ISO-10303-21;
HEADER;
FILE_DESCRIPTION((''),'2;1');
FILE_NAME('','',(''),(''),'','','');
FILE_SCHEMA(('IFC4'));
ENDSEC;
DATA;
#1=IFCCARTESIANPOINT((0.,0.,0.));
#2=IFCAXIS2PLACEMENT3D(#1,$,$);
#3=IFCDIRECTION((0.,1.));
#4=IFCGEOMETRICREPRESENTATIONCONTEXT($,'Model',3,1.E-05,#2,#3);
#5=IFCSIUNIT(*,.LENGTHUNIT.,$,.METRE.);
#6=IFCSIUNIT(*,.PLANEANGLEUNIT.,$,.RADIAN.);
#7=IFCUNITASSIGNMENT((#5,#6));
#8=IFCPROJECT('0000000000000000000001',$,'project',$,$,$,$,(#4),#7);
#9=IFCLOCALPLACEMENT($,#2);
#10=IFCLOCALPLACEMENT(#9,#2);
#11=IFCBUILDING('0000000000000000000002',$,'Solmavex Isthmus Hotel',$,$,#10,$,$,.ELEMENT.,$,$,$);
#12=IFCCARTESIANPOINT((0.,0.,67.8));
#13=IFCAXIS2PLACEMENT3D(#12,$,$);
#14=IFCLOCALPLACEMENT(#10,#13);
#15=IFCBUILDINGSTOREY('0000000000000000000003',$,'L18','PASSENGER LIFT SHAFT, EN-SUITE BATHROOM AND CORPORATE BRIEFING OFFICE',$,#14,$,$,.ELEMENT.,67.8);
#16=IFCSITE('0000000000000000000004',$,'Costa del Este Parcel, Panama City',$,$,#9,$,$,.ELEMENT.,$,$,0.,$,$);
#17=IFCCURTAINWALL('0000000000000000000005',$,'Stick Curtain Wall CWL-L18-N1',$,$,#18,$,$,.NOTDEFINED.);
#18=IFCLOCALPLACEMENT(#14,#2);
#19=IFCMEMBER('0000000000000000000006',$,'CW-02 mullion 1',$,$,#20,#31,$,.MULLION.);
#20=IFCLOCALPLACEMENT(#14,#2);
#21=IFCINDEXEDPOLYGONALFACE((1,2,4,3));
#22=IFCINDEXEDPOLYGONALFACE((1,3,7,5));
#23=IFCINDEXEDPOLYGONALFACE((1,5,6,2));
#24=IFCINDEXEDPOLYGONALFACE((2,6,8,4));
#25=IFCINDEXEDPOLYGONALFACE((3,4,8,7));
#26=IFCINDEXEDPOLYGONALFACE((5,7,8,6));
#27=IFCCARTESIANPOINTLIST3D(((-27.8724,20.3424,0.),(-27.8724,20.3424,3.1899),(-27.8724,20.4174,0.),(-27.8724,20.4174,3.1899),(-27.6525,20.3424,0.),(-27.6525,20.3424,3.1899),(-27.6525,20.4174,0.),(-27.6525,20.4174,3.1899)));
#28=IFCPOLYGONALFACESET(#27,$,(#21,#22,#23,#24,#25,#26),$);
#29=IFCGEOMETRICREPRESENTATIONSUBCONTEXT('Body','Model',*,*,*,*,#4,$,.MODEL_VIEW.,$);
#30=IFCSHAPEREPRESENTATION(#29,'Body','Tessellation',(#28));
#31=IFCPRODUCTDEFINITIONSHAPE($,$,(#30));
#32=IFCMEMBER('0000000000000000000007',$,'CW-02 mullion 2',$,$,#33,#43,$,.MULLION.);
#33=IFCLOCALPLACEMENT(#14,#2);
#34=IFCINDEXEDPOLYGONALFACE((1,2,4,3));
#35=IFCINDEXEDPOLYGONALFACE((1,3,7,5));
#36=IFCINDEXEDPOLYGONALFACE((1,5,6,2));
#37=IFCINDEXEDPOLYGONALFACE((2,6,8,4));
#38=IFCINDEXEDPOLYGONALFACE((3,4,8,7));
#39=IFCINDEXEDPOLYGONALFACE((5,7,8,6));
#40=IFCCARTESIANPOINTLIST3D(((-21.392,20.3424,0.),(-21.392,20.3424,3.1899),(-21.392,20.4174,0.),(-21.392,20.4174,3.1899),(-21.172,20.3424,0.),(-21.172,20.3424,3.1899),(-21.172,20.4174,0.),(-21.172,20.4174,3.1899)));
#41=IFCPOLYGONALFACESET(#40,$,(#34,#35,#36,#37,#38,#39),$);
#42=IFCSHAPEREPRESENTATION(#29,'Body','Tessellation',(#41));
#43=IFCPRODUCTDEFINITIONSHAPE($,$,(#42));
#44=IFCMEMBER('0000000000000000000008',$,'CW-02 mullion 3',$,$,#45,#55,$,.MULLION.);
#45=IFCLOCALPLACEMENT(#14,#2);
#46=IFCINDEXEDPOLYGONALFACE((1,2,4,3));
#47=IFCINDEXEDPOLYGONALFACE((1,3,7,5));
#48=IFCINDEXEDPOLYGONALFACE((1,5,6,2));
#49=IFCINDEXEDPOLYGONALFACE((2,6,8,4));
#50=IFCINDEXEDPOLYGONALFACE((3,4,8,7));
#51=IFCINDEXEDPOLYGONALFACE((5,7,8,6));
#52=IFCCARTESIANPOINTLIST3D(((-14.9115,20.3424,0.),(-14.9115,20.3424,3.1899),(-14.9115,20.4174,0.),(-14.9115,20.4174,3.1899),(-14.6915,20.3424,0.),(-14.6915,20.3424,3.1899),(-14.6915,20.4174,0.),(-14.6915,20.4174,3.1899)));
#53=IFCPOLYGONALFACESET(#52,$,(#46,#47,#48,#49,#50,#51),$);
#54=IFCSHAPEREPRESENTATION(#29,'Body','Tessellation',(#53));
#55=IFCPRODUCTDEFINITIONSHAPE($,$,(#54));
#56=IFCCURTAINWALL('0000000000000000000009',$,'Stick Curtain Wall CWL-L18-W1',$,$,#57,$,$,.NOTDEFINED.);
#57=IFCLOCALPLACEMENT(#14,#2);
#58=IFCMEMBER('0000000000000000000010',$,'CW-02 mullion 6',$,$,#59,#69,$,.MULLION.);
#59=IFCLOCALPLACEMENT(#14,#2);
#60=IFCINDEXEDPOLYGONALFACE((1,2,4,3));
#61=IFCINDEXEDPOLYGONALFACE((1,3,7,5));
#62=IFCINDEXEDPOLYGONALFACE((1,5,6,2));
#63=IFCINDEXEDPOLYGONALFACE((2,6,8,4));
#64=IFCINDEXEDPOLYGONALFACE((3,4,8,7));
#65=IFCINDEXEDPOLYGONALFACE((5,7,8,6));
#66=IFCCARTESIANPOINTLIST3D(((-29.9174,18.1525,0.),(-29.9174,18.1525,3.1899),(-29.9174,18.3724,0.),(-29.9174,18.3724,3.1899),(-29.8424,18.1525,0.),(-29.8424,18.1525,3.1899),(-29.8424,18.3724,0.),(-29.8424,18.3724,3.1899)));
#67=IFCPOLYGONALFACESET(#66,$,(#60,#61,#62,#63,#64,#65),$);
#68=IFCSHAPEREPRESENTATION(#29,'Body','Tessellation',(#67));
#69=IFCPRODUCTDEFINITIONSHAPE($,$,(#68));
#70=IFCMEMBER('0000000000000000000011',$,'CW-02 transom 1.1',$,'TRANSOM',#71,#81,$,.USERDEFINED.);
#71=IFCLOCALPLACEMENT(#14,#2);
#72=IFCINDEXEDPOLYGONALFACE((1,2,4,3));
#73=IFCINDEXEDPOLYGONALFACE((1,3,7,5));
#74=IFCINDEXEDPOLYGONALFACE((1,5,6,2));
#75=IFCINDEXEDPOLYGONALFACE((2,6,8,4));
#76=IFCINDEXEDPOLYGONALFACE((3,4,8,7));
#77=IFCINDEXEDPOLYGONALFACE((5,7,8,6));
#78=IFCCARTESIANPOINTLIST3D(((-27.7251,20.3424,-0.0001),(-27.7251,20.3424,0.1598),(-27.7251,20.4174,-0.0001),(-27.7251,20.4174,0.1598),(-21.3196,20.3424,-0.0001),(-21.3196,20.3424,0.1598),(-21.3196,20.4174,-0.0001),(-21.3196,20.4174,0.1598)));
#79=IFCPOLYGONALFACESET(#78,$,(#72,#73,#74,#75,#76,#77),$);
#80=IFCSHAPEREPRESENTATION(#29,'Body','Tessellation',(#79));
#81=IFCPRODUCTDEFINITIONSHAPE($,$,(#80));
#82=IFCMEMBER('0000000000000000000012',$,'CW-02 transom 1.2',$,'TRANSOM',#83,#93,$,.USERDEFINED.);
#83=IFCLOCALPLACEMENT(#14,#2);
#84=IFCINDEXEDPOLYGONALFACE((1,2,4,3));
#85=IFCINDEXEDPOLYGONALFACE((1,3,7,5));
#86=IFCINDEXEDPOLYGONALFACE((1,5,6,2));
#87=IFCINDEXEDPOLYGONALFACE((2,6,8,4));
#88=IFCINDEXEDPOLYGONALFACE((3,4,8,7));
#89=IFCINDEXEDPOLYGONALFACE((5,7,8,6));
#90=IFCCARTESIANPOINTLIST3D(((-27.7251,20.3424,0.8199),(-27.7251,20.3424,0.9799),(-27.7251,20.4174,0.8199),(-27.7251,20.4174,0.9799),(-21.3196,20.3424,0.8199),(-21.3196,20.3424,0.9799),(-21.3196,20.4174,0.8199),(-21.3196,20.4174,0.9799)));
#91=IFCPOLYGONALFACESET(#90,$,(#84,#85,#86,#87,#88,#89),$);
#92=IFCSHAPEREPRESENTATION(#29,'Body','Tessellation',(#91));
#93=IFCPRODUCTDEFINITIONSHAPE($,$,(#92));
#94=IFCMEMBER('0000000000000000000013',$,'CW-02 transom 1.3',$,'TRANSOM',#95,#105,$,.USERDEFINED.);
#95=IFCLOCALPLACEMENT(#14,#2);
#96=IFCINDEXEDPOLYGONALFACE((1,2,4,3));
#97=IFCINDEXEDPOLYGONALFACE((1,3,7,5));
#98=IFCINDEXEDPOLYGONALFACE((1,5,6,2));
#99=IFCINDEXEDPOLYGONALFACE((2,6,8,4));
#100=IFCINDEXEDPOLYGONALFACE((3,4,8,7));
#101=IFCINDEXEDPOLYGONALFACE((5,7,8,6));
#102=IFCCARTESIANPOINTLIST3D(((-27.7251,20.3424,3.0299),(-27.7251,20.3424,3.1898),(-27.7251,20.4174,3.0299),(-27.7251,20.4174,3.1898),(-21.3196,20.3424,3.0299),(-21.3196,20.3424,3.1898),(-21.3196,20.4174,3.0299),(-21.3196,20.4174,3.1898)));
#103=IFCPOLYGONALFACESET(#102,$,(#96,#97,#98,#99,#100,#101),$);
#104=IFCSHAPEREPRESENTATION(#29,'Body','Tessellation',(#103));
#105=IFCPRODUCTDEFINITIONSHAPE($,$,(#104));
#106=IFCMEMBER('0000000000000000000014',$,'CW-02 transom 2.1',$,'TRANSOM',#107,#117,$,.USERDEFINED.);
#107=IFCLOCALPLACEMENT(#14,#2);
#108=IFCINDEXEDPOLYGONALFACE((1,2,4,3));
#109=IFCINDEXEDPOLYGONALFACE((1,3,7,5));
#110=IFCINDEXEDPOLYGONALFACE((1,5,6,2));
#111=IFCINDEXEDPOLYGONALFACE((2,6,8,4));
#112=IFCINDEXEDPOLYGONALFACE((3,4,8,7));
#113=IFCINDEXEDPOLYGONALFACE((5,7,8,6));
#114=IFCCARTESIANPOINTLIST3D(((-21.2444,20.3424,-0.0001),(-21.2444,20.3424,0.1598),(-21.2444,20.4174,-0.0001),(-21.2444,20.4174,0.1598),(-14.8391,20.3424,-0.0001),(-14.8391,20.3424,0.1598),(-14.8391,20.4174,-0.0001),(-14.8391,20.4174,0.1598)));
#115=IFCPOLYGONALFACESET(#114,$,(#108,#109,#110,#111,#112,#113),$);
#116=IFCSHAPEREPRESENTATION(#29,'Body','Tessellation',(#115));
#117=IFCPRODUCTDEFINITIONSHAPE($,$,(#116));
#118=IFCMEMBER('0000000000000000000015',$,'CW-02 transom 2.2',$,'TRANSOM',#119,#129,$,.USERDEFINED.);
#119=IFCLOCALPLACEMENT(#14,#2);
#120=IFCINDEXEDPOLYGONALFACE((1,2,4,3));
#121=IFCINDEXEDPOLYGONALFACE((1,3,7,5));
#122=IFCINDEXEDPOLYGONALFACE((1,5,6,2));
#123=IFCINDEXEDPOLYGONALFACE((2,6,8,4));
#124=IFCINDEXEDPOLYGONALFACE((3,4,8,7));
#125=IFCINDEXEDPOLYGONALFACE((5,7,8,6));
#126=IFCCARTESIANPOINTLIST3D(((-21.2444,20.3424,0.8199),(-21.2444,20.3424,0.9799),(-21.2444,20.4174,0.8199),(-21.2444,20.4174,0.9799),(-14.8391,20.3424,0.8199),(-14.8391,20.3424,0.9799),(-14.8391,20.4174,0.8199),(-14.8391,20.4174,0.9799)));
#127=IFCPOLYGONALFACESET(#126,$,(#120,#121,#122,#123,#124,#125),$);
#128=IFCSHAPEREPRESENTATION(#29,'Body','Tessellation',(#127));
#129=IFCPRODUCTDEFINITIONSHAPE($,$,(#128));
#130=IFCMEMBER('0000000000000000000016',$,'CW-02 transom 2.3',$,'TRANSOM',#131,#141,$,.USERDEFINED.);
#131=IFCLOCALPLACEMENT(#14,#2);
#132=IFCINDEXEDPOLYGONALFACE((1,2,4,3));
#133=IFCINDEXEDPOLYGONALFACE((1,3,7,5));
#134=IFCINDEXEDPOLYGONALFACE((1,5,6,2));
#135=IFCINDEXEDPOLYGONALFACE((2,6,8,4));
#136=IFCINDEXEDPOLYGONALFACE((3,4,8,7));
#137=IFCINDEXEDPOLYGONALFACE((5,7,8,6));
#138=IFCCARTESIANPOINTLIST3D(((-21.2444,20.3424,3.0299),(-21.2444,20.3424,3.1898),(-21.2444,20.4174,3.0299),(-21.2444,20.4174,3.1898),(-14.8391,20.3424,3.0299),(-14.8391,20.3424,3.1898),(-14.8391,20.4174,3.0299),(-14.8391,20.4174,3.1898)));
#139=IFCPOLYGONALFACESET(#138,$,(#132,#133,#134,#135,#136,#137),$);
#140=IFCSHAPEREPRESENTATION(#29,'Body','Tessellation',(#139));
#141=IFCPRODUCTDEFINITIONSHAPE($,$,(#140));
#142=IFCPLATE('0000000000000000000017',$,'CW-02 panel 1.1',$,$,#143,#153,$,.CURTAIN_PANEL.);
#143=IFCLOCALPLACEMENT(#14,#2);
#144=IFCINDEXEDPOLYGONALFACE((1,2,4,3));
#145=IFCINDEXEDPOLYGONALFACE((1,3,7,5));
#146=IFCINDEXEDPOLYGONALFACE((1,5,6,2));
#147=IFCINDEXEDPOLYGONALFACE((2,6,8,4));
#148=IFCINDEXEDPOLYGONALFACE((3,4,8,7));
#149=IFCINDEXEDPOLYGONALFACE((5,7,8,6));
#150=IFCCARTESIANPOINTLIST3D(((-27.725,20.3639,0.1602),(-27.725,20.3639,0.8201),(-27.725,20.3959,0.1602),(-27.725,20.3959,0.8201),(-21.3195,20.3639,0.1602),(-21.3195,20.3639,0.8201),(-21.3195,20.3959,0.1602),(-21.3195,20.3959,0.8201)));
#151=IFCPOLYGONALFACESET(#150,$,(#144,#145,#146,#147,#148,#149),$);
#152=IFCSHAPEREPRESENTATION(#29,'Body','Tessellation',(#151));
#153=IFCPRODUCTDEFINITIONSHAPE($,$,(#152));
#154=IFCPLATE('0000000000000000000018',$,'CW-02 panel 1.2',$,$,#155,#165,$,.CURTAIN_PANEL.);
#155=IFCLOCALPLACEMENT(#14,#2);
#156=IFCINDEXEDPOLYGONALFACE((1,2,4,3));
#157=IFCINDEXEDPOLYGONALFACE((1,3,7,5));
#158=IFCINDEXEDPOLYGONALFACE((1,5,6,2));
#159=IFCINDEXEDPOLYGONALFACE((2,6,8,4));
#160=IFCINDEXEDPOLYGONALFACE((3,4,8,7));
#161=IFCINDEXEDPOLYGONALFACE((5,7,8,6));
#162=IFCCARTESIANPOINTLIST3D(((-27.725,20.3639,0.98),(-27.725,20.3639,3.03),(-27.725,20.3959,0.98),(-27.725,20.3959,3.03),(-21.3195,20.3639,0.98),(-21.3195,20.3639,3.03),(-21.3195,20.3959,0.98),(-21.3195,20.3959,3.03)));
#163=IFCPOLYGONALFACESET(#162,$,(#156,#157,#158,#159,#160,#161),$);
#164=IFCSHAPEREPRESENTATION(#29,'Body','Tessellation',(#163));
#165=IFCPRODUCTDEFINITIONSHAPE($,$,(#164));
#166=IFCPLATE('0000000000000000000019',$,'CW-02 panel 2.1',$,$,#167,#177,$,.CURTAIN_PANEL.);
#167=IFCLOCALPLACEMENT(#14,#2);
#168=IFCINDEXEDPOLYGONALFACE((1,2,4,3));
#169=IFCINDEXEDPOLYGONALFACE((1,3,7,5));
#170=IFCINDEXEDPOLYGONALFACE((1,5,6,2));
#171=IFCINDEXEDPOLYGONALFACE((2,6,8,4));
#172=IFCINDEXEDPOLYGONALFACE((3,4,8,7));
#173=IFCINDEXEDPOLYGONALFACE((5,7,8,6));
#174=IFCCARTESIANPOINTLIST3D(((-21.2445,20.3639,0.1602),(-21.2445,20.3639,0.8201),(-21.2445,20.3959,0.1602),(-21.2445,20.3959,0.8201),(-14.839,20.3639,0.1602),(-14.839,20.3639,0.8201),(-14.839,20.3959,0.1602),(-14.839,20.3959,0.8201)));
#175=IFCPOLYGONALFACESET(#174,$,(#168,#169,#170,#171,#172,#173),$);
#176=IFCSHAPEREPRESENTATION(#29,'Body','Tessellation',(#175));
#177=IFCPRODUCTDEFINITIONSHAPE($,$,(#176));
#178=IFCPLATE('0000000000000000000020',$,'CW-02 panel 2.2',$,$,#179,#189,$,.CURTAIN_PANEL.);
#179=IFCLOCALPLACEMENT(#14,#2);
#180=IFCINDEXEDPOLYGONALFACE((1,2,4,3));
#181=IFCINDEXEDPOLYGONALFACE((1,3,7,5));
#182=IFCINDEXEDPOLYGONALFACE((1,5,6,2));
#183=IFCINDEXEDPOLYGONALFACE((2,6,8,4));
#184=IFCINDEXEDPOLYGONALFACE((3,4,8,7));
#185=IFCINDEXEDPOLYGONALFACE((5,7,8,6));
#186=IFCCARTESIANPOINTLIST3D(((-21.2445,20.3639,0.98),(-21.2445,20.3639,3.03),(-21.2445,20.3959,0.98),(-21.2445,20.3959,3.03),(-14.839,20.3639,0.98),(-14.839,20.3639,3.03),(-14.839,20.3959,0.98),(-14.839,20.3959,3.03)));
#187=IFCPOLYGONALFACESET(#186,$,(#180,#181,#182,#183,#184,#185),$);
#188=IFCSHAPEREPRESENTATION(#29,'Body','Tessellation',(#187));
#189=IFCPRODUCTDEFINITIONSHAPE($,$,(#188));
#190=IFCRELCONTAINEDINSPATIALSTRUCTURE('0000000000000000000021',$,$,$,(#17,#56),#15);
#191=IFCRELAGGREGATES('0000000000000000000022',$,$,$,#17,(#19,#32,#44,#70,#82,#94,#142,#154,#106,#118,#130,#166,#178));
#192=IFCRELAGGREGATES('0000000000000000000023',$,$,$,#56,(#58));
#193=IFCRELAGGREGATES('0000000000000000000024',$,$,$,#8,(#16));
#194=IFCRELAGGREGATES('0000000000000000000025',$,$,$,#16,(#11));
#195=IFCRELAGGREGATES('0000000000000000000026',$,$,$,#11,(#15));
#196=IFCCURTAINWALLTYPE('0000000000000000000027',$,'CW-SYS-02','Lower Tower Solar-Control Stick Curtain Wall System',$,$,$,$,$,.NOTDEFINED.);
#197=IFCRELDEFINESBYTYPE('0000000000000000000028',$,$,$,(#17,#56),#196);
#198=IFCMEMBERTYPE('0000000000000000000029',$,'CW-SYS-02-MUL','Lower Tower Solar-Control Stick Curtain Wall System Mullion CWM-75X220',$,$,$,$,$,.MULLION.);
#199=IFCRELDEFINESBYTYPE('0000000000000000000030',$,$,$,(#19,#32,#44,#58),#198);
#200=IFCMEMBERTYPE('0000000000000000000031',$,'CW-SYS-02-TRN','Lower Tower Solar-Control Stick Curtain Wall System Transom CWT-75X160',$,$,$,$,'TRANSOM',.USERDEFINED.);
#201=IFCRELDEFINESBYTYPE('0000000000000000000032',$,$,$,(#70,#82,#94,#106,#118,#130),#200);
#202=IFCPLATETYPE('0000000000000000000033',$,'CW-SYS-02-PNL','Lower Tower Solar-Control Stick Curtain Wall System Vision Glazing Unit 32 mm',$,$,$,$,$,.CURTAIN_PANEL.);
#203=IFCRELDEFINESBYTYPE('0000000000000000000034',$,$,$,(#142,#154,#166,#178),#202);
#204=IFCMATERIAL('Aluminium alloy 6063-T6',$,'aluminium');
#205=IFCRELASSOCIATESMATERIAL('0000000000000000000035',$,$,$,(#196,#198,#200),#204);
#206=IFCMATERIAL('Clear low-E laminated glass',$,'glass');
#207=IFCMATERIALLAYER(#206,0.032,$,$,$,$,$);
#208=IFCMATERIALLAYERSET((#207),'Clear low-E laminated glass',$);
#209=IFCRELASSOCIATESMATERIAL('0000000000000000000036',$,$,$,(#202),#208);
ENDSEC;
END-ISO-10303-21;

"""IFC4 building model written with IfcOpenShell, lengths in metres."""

from ifc_helpers import new_model, si_unit, direction, frame, origin, origin_2d, place, context, subcontext, project, spatial, rectangle, extrude, material, layer, layer_set, material_profile, profile_set, type_object, element, aggregate, save


model = new_model("IFC4")

# Units and contexts
model_context = context("Model", 3, precision=1e-05, world=origin(), true_north=direction((0.0, 1.0)))
body_context = subcontext(model_context, "Body", "Model", "MODEL_VIEW")
ifc_project = project(units=[si_unit("LENGTHUNIT", "METRE"), si_unit("PLANEANGLEUNIT", "RADIAN")], contexts=[model_context])

# Site, building, storey
site_placement = place(None, origin())
site = spatial("IfcSite", under=ifc_project, at=site_placement, Name="Costa del Este Parcel, Panama City", CompositionType="ELEMENT", RefElevation=0.0)
building_placement = place(site_placement, origin())
building = spatial("IfcBuilding", under=site, at=building_placement, Name="Solmavex Isthmus Hotel", CompositionType="ELEMENT")
storey_placement = place(building_placement, frame((0.0, 0.0, 67.8)))
storey = spatial("IfcBuildingStorey", under=building, at=storey_placement, Name="L18", Description="PASSENGER LIFT SHAFT, EN-SUITE BATHROOM AND CORPORATE BRIEFING OFFICE", CompositionType="ELEMENT", Elevation=67.8)

# Curtain wall, members
ifc_material_1 = material(Name="Aluminium alloy 6063-T6", Category="aluminium")
curtain_wall_type = type_object("IfcCurtainWallType", Name="CW-SYS-02", Description="Lower Tower Solar-Control Stick Curtain Wall System", PredefinedType="NOTDEFINED", material=ifc_material_1)
curtain_wall_1_placement = place(storey_placement, origin())
curtain_wall_1 = element("IfcCurtainWall", 1, at=curtain_wall_1_placement, inside=storey, type_object=curtain_wall_type, Name="Stick Curtain Wall CWL-L18-N1", PredefinedType="NOTDEFINED")
ifc_material_profile_1 = material_profile(ifc_material_1, rectangle(XDim=0.075, YDim=0.22, at=origin_2d()), Name="CWM-75X220")
ifc_profile_set_1 = profile_set([ifc_material_profile_1], Name="Aluminium alloy 6063-T6")
member_type_1 = type_object("IfcMemberType", Name="CW-SYS-02-MUL", Description="Lower Tower Solar-Control Stick Curtain Wall System Mullion CWM-75X220", PredefinedType="MULLION", material=ifc_profile_set_1)
member_1_placement = place(storey_placement, frame((-27.7625, 20.3799, 0.0), z_axis=(0.0, 0.0, 1.0), x_axis=(0.0, 1.0, 0.0)))
member_1 = element("IfcMember", 2, at=member_1_placement, type_object=member_type_1, Name="CW-02 mullion 1", PredefinedType="MULLION", context=body_context, shape_type="SweptSolid", body=[
    extrude(rectangle(XDim=0.075, YDim=0.22, at=origin_2d()), origin(), (0.0, 0.0, 1.0), 3.1899),
])
member_2_placement = place(storey_placement, frame((-21.282, 20.3799, 0.0), z_axis=(0.0, 0.0, 1.0), x_axis=(0.0, 1.0, 0.0)))
member_2 = element("IfcMember", 3, at=member_2_placement, type_object=member_type_1, Name="CW-02 mullion 2", PredefinedType="MULLION", context=body_context, shape_type="SweptSolid", body=[
    extrude(rectangle(XDim=0.075, YDim=0.22, at=origin_2d()), origin(), (0.0, 0.0, 1.0), 3.1899),
])
member_3_placement = place(storey_placement, frame((-14.8015, 20.3799, 0.0), z_axis=(0.0, 0.0, 1.0), x_axis=(0.0, 1.0, 0.0)))
member_3 = element("IfcMember", 4, at=member_3_placement, type_object=member_type_1, Name="CW-02 mullion 3", PredefinedType="MULLION", context=body_context, shape_type="SweptSolid", body=[
    extrude(rectangle(XDim=0.075, YDim=0.22, at=origin_2d()), origin(), (0.0, 0.0, 1.0), 3.1899),
])

# Curtain wall, member
curtain_wall_2_placement = place(storey_placement, origin())
curtain_wall_2 = element("IfcCurtainWall", 5, at=curtain_wall_2_placement, inside=storey, type_object=curtain_wall_type, Name="Stick Curtain Wall CWL-L18-W1", PredefinedType="NOTDEFINED")
member_4_placement = place(storey_placement, frame((-29.8799, 18.2625, 0.0), z_axis=(0.0, 0.0, 1.0), x_axis=(-1.0, 0.0, 0.0)))
member_4 = element("IfcMember", 6, at=member_4_placement, type_object=member_type_1, Name="CW-02 mullion 6", PredefinedType="MULLION", context=body_context, shape_type="SweptSolid", body=[
    extrude(rectangle(XDim=0.075, YDim=0.22, at=origin_2d()), origin(), (0.0, 0.0, 1.0), 3.1899),
])

# Members
ifc_material_profile_2 = material_profile(ifc_material_1, rectangle(XDim=0.075, YDim=0.1599, at=origin_2d()), Name="CWT-75X160")
ifc_profile_set_2 = profile_set([ifc_material_profile_2], Name="Aluminium alloy 6063-T6")
member_type_2 = type_object("IfcMemberType", Name="CW-SYS-02-TRN", Description="Lower Tower Solar-Control Stick Curtain Wall System Transom CWT-75X160", ElementType="TRANSOM", PredefinedType="USERDEFINED", material=ifc_profile_set_2)
member_5_placement = place(storey_placement, frame((-27.7251, 20.3799, 0.0798), z_axis=(1.0, 0.0, 0.0), x_axis=(0.0, 1.0, 0.0)))
member_5 = element("IfcMember", 7, at=member_5_placement, type_object=member_type_2, Name="CW-02 transom 1.1", ObjectType="TRANSOM", PredefinedType="USERDEFINED", context=body_context, shape_type="SweptSolid", body=[
    extrude(rectangle(XDim=0.075, YDim=0.1599, at=origin_2d()), origin(), (0.0, 0.0, 1.0), 6.4055),
])
member_6_placement = place(storey_placement, frame((-27.7251, 20.3799, 0.8999), z_axis=(1.0, 0.0, 0.0), x_axis=(0.0, 1.0, 0.0)))
member_6 = element("IfcMember", 8, at=member_6_placement, type_object=member_type_2, Name="CW-02 transom 1.2", ObjectType="TRANSOM", PredefinedType="USERDEFINED", context=body_context, shape_type="SweptSolid", body=[
    extrude(rectangle(XDim=0.075, YDim=0.1599, at=origin_2d()), origin(), (0.0, 0.0, 1.0), 6.4055),
])
member_7_placement = place(storey_placement, frame((-27.7251, 20.3799, 3.1099), z_axis=(1.0, 0.0, 0.0), x_axis=(0.0, 1.0, 0.0)))
member_7 = element("IfcMember", 9, at=member_7_placement, type_object=member_type_2, Name="CW-02 transom 1.3", ObjectType="TRANSOM", PredefinedType="USERDEFINED", context=body_context, shape_type="SweptSolid", body=[
    extrude(rectangle(XDim=0.075, YDim=0.1599, at=origin_2d()), origin(), (0.0, 0.0, 1.0), 6.4055),
])
member_8_placement = place(storey_placement, frame((-21.2444, 20.3799, 0.0798), z_axis=(1.0, 0.0, 0.0), x_axis=(0.0, 1.0, 0.0)))
member_8 = element("IfcMember", 10, at=member_8_placement, type_object=member_type_2, Name="CW-02 transom 2.1", ObjectType="TRANSOM", PredefinedType="USERDEFINED", context=body_context, shape_type="SweptSolid", body=[
    extrude(rectangle(XDim=0.075, YDim=0.1599, at=origin_2d()), origin(), (0.0, 0.0, 1.0), 6.4053),
])
member_9_placement = place(storey_placement, frame((-21.2444, 20.3799, 0.8999), z_axis=(1.0, 0.0, 0.0), x_axis=(0.0, 1.0, 0.0)))
member_9 = element("IfcMember", 11, at=member_9_placement, type_object=member_type_2, Name="CW-02 transom 2.2", ObjectType="TRANSOM", PredefinedType="USERDEFINED", context=body_context, shape_type="SweptSolid", body=[
    extrude(rectangle(XDim=0.075, YDim=0.1599, at=origin_2d()), origin(), (0.0, 0.0, 1.0), 6.4053),
])
member_10_placement = place(storey_placement, frame((-21.2444, 20.3799, 3.1099), z_axis=(1.0, 0.0, 0.0), x_axis=(0.0, 1.0, 0.0)))
member_10 = element("IfcMember", 12, at=member_10_placement, type_object=member_type_2, Name="CW-02 transom 2.3", ObjectType="TRANSOM", PredefinedType="USERDEFINED", context=body_context, shape_type="SweptSolid", body=[
    extrude(rectangle(XDim=0.075, YDim=0.1599, at=origin_2d()), origin(), (0.0, 0.0, 1.0), 6.4053),
])

# Plates
ifc_material_2 = material(Name="Clear low-E laminated glass", Category="glass")
ifc_layer_1 = layer(ifc_material_2, 0.032)
ifc_layer_set_1 = layer_set([ifc_layer_1], Name="Clear low-E laminated glass")
plate_type = type_object("IfcPlateType", Name="CW-SYS-02-PNL", Description="Lower Tower Solar-Control Stick Curtain Wall System Vision Glazing Unit 32 mm", PredefinedType="CURTAIN_PANEL", material=ifc_layer_set_1)
plate_1_placement = place(storey_placement, frame((-24.5222, 20.3799, 0.1602), z_axis=(0.0, 0.0, 1.0), x_axis=(1.0, 0.0, 0.0)))
plate_1 = element("IfcPlate", 13, at=plate_1_placement, type_object=plate_type, Name="CW-02 panel 1.1", PredefinedType="CURTAIN_PANEL", context=body_context, shape_type="SweptSolid", body=[
    extrude(rectangle(XDim=6.4055, YDim=0.032, at=origin_2d()), origin(), (0.0, 0.0, 1.0), 0.6599),
])
plate_2_placement = place(storey_placement, frame((-24.5222, 20.3799, 0.98), z_axis=(0.0, 0.0, 1.0), x_axis=(1.0, 0.0, 0.0)))
plate_2 = element("IfcPlate", 14, at=plate_2_placement, type_object=plate_type, Name="CW-02 panel 1.2", PredefinedType="CURTAIN_PANEL", context=body_context, shape_type="SweptSolid", body=[
    extrude(rectangle(XDim=6.4055, YDim=0.032, at=origin_2d()), origin(), (0.0, 0.0, 1.0), 2.05),
])
plate_3_placement = place(storey_placement, frame((-18.0417, 20.3799, 0.1602), z_axis=(0.0, 0.0, 1.0), x_axis=(1.0, 0.0, 0.0)))
plate_3 = element("IfcPlate", 15, at=plate_3_placement, type_object=plate_type, Name="CW-02 panel 2.1", PredefinedType="CURTAIN_PANEL", context=body_context, shape_type="SweptSolid", body=[
    extrude(rectangle(XDim=6.4055, YDim=0.032, at=origin_2d()), origin(), (0.0, 0.0, 1.0), 0.6599),
])
plate_4_placement = place(storey_placement, frame((-18.0417, 20.3799, 0.98), z_axis=(0.0, 0.0, 1.0), x_axis=(1.0, 0.0, 0.0)))
plate_4 = element("IfcPlate", 16, at=plate_4_placement, type_object=plate_type, Name="CW-02 panel 2.2", PredefinedType="CURTAIN_PANEL", context=body_context, shape_type="SweptSolid", body=[
    extrude(rectangle(XDim=6.4055, YDim=0.032, at=origin_2d()), origin(), (0.0, 0.0, 1.0), 2.05),
])
aggregate(curtain_wall_1, [member_1, member_2, member_3, member_5, member_6, member_7, plate_1, plate_2, member_8, member_9, member_10, plate_3, plate_4])
aggregate(curtain_wall_2, [member_4])

save(model, "model.ifc")
